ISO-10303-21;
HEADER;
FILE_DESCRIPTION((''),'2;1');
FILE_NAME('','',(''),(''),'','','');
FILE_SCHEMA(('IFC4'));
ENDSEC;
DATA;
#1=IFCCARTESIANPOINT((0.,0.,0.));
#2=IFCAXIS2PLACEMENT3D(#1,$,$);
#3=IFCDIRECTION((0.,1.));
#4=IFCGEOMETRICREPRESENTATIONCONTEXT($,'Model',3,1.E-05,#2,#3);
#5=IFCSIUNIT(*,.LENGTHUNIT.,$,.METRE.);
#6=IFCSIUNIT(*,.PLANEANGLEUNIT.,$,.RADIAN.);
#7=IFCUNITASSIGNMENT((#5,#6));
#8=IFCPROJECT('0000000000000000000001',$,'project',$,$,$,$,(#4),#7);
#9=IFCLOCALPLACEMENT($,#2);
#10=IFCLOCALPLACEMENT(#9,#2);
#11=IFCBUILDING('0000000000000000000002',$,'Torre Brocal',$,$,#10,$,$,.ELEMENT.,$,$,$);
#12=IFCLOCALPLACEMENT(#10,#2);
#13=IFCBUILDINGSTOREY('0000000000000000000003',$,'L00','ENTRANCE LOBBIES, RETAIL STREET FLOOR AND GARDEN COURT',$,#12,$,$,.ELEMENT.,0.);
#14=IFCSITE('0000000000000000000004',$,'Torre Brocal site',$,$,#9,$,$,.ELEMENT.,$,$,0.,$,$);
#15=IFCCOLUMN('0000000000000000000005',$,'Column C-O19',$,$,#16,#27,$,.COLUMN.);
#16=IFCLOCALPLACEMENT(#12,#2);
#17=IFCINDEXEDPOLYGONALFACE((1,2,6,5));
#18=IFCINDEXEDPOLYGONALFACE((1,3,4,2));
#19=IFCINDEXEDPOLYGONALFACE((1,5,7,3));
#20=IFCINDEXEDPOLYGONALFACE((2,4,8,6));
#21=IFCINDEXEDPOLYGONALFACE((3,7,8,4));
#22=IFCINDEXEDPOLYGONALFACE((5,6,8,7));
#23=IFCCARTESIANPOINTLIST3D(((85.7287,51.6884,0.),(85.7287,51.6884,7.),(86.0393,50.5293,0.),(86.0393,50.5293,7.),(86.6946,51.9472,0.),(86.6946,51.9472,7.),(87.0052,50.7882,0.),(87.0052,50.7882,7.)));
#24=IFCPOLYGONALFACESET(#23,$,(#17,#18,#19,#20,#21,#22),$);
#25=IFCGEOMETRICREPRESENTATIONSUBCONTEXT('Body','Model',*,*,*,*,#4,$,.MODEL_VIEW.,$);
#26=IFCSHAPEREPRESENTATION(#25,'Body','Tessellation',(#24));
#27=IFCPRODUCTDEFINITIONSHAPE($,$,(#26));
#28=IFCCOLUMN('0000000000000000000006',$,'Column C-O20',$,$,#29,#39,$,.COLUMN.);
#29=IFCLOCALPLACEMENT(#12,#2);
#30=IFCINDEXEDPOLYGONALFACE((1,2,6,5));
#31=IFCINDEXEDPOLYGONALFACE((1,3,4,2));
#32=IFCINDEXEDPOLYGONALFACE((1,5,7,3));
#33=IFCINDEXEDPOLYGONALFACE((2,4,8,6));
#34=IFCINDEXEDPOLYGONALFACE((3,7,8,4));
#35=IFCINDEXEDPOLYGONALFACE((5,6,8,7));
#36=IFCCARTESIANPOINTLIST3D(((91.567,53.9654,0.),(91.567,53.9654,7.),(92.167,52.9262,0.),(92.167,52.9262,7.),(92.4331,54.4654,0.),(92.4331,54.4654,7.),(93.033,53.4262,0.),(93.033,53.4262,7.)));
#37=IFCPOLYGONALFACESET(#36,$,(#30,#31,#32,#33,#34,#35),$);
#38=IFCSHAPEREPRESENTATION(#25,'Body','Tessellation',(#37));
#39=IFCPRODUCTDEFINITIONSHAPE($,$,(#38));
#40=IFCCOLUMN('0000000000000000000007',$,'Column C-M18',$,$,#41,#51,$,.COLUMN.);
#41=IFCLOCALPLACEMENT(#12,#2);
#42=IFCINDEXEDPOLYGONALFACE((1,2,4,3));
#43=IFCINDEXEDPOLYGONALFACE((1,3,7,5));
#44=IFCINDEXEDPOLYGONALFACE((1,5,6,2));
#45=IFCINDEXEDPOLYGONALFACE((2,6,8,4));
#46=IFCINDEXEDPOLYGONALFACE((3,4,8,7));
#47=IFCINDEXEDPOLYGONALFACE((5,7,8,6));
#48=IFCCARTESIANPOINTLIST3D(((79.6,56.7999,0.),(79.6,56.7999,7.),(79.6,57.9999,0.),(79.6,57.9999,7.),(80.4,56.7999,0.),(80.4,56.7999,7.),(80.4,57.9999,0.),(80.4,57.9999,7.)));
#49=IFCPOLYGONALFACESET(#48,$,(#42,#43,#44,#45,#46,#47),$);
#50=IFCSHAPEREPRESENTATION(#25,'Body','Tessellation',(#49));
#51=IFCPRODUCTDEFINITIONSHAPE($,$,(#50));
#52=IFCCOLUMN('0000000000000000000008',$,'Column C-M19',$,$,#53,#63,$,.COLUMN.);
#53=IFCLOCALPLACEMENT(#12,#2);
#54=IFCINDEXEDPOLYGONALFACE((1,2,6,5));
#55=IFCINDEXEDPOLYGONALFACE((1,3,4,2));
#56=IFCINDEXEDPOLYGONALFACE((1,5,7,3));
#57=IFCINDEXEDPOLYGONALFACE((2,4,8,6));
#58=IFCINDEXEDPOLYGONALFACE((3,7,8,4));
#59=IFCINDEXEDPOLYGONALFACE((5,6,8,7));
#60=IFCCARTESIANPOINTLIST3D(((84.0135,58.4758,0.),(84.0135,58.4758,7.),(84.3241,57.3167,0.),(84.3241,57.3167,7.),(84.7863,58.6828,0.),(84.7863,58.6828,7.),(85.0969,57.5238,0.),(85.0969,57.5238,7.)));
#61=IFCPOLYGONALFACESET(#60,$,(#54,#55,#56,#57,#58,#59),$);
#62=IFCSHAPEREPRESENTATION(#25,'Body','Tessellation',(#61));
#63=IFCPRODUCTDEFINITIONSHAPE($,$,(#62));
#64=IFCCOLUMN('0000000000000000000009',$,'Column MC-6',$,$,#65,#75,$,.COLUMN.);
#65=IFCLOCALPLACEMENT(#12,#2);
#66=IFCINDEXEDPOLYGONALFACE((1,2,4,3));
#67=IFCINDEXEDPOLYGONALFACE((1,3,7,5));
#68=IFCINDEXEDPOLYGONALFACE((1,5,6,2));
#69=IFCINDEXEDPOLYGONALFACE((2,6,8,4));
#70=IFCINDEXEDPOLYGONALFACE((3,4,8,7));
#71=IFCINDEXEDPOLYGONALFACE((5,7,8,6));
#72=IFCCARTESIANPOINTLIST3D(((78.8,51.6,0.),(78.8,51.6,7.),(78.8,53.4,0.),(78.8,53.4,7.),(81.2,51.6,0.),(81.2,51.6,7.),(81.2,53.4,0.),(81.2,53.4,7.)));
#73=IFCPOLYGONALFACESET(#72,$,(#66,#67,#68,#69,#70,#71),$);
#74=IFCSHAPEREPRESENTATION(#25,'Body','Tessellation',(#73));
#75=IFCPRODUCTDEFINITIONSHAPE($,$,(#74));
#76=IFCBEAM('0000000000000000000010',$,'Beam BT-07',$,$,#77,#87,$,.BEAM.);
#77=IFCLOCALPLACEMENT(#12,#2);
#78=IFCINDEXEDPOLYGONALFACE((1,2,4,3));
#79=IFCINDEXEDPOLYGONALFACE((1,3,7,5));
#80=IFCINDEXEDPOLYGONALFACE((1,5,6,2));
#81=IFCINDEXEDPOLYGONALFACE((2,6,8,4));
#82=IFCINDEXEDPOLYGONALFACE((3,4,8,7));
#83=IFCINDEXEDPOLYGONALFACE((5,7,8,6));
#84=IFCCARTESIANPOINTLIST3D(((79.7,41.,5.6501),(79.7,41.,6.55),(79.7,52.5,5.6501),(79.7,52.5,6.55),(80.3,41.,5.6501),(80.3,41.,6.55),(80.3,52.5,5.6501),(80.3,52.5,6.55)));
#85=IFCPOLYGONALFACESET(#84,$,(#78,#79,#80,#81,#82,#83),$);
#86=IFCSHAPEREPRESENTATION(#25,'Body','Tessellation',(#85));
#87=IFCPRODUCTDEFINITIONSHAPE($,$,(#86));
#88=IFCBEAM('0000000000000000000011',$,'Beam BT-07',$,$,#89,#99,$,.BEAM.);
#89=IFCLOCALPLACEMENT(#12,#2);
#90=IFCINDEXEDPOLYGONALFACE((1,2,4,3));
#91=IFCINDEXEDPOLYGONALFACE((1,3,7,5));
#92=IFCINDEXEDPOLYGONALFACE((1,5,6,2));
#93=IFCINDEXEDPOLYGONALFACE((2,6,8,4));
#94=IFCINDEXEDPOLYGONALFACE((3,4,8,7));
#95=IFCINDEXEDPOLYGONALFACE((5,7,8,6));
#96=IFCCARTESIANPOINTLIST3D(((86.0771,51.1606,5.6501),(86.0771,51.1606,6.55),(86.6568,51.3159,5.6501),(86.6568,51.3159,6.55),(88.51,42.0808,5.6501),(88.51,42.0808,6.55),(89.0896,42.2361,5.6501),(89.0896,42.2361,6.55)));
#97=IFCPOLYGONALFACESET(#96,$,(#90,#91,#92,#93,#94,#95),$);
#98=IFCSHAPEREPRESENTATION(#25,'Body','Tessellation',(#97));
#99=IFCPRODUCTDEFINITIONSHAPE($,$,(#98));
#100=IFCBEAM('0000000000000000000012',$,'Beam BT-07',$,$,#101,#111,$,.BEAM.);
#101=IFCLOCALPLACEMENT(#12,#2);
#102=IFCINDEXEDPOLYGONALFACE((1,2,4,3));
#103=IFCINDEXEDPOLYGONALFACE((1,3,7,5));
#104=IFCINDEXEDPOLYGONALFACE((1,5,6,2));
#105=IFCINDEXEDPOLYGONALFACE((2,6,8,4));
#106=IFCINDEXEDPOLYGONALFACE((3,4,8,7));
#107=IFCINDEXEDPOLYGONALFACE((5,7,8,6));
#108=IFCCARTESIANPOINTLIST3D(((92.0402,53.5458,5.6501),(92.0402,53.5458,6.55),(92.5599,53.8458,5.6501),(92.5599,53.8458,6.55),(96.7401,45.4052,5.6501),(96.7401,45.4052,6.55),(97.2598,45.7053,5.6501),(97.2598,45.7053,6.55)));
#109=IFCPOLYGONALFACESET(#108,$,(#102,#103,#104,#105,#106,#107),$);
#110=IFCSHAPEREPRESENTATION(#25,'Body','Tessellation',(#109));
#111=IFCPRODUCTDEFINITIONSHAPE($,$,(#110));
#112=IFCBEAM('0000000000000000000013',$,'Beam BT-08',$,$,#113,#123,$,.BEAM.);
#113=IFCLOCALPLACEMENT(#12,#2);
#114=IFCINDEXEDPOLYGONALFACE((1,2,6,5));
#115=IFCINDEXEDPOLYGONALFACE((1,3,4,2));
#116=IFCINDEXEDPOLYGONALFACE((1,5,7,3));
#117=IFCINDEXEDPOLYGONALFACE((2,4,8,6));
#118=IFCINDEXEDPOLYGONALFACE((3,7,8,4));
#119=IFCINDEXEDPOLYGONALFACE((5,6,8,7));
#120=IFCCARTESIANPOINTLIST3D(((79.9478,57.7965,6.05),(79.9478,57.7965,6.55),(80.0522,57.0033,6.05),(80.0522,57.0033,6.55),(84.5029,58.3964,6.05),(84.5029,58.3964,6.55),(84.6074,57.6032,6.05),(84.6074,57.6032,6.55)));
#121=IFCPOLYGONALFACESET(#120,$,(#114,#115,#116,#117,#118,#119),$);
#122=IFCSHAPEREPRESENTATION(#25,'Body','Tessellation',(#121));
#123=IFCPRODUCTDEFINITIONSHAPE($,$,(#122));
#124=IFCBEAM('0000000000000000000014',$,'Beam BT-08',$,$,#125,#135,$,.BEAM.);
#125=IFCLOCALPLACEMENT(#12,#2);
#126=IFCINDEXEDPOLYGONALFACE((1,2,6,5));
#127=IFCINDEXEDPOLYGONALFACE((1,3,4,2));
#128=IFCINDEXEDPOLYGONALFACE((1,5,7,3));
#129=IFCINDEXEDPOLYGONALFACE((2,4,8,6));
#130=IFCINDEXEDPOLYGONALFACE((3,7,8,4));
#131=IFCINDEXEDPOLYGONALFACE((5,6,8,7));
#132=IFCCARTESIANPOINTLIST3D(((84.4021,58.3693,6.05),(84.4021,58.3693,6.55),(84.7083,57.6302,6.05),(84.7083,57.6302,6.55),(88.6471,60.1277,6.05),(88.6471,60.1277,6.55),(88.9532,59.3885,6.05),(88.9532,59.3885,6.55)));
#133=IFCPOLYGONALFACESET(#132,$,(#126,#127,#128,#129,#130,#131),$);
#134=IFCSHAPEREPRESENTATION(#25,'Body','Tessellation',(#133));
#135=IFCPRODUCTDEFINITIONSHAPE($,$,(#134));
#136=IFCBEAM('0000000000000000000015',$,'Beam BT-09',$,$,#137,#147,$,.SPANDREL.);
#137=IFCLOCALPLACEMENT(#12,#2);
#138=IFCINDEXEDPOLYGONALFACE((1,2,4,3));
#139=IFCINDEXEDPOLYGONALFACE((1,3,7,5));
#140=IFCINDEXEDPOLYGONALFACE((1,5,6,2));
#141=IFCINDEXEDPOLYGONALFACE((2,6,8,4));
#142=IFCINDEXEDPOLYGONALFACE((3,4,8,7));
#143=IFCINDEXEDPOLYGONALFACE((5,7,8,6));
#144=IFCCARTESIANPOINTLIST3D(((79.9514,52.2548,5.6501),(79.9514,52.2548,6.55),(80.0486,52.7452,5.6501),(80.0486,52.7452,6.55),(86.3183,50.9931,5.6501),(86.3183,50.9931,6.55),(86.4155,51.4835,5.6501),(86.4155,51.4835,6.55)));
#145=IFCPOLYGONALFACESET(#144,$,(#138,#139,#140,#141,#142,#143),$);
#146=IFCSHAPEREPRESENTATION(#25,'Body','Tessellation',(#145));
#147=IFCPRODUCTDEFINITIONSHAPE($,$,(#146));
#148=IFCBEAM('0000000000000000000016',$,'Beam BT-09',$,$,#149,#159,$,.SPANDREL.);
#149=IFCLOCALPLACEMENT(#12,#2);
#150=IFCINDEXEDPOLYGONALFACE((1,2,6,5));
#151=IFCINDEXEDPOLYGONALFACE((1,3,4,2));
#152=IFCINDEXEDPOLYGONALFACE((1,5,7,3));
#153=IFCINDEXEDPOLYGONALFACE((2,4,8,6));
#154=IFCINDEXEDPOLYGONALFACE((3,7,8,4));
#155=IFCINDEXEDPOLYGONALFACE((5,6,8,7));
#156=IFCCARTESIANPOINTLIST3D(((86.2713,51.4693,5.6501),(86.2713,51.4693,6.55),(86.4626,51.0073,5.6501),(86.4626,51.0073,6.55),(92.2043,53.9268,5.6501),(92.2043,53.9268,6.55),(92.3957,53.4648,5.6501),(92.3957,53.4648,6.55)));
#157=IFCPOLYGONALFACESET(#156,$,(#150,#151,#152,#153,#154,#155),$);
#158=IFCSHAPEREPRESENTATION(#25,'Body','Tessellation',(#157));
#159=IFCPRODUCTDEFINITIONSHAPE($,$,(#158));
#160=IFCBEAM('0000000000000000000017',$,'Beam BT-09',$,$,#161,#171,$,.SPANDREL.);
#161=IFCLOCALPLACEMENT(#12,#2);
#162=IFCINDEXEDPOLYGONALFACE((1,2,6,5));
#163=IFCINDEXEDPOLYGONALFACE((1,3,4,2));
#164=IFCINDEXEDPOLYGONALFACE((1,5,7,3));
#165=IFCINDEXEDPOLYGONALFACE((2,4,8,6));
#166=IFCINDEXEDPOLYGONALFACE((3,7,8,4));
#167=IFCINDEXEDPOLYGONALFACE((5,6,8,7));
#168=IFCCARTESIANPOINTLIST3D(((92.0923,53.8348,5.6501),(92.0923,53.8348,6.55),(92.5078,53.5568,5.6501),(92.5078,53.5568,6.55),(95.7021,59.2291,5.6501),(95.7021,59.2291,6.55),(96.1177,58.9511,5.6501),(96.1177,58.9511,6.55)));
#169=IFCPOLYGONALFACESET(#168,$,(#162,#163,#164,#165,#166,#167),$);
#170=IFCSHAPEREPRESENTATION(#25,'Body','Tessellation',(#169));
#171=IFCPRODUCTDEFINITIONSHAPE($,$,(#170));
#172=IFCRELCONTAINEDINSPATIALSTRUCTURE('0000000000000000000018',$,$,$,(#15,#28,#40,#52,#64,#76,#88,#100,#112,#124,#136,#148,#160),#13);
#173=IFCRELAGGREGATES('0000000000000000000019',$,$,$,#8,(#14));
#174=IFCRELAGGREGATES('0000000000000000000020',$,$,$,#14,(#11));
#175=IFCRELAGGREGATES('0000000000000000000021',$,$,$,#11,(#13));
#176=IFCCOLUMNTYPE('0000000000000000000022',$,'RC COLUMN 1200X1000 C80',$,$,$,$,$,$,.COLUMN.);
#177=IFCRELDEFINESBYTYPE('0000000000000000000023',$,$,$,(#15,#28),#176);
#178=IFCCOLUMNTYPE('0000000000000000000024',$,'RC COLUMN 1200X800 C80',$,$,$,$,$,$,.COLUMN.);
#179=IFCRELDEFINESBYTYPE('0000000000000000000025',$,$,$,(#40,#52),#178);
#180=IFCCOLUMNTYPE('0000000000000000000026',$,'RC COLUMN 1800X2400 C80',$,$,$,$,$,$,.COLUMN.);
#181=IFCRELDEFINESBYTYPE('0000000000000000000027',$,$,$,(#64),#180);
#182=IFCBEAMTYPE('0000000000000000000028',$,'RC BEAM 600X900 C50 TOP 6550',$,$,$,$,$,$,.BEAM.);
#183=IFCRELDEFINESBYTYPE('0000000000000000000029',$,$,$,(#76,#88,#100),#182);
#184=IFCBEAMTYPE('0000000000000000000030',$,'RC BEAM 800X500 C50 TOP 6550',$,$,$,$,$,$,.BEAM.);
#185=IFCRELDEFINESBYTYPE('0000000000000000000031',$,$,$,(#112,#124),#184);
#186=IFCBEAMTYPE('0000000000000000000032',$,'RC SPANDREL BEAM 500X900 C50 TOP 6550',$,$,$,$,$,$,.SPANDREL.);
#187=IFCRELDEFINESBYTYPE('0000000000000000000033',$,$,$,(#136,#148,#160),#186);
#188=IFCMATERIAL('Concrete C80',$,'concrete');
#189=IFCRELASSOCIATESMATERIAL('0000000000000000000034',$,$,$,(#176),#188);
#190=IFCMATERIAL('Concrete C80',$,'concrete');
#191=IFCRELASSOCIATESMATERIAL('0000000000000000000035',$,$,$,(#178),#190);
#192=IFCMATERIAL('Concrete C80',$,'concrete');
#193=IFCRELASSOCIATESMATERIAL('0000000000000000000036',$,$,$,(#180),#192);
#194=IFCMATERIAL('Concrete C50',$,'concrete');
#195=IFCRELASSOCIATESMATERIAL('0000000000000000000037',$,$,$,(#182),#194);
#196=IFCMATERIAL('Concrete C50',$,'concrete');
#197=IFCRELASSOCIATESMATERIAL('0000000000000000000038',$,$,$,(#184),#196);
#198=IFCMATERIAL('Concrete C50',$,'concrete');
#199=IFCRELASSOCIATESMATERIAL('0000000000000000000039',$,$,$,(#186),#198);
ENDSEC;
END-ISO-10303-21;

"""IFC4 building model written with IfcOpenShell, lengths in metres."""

from ifc_helpers import new_model, si_unit, direction, frame, origin, origin_2d, place, context, subcontext, project, spatial, rectangle, extrude, material, material_profile, profile_set, type_object, element, save


model = new_model("IFC4")

# Units and contexts
model_context = context("Model", 3, precision=1e-05, world=origin(), true_north=direction((0.0, 1.0)))
body_context = subcontext(model_context, "Body", "Model", "MODEL_VIEW")
ifc_project = project(units=[si_unit("LENGTHUNIT", "METRE"), si_unit("PLANEANGLEUNIT", "RADIAN")], contexts=[model_context])

# Site, building, storey
site_placement = place(None, origin())
site = spatial("IfcSite", under=ifc_project, at=site_placement, Name="Torre Brocal site", CompositionType="ELEMENT", RefElevation=0.0)
building_placement = place(site_placement, origin())
building = spatial("IfcBuilding", under=site, at=building_placement, Name="Torre Brocal", CompositionType="ELEMENT")
storey_placement = place(building_placement, origin())
storey = spatial("IfcBuildingStorey", under=building, at=storey_placement, Name="L00", Description="ENTRANCE LOBBIES, RETAIL STREET FLOOR AND GARDEN COURT", CompositionType="ELEMENT", Elevation=0.0)

# Columns
ifc_material_1 = material(Name="Concrete C80", Category="concrete")
ifc_material_profile_1 = material_profile(ifc_material_1, rectangle(XDim=1.2, YDim=1.0, at=origin_2d()), Name="RC 1200X1000")
ifc_profile_set_1 = profile_set([ifc_material_profile_1], Name="Concrete C80")
column_type_1 = type_object("IfcColumnType", Name="RC COLUMN 1200X1000 C80", PredefinedType="COLUMN", material=ifc_profile_set_1)
for number, where, z_axis, x_axis, name in (
    (1, (86.3669, 51.2383, 0.0), (0.0, 0.0, 1.0), (0.258819, -0.965926, 0.0), "Column C-O19"),
    (2, (92.3, 53.6958, 0.0), (0.0, 0.0, 1.0), (0.5, -0.866025, 0.0), "Column C-O20"),
):
    element("IfcColumn", number, at=place(storey_placement, frame(where, z_axis=z_axis, x_axis=x_axis)), inside=storey, type_object=column_type_1, Name=name, PredefinedType="COLUMN", context=body_context, shape_type="SweptSolid", body=[
        extrude(rectangle(XDim=1.2, YDim=1.0, at=origin_2d()), origin(), (0.0, 0.0, 1.0), 7.0),
    ])
ifc_material_2 = material(Name="Concrete C80", Category="concrete")
ifc_material_profile_2 = material_profile(ifc_material_2, rectangle(XDim=1.2, YDim=0.8, at=origin_2d()), Name="RC 1200X800")
ifc_profile_set_2 = profile_set([ifc_material_profile_2], Name="Concrete C80")
column_type_2 = type_object("IfcColumnType", Name="RC COLUMN 1200X800 C80", PredefinedType="COLUMN", material=ifc_profile_set_2)
for number, where, z_axis, x_axis, name in (
    (3, (80.0, 57.3999, 0.0), (0.0, 0.0, 1.0), (0.0, -1.0, 0.0), "Column C-M18"),
    (4, (84.5552, 57.9998, 0.0), (0.0, 0.0, 1.0), (0.258819, -0.965926, 0.0), "Column C-M19"),
):
    element("IfcColumn", number, at=place(storey_placement, frame(where, z_axis=z_axis, x_axis=x_axis)), inside=storey, type_object=column_type_2, Name=name, PredefinedType="COLUMN", context=body_context, shape_type="SweptSolid", body=[
        extrude(rectangle(XDim=1.2, YDim=0.8, at=origin_2d()), origin(), (0.0, 0.0, 1.0), 7.0),
    ])
ifc_material_3 = material(Name="Concrete C80", Category="concrete")
ifc_material_profile_3 = material_profile(ifc_material_3, rectangle(XDim=1.8, YDim=2.3999, at=origin_2d()), Name="RC 1800X2400")
ifc_profile_set_3 = profile_set([ifc_material_profile_3], Name="Concrete C80")
column_type_3 = type_object("IfcColumnType", Name="RC COLUMN 1800X2400 C80", PredefinedType="COLUMN", material=ifc_profile_set_3)
column_placement = place(storey_placement, frame((80.0, 52.5, 0.0), z_axis=(0.0, 0.0, 1.0), x_axis=(0.0, -1.0, 0.0)))
element("IfcColumn", 5, at=column_placement, inside=storey, type_object=column_type_3, Name="Column MC-6", PredefinedType="COLUMN", context=body_context, shape_type="SweptSolid", body=[
    extrude(rectangle(XDim=1.8, YDim=2.3999, at=origin_2d()), origin(), (0.0, 0.0, 1.0), 7.0),
])

# Beams
ifc_material_4 = material(Name="Concrete C50", Category="concrete")
ifc_material_profile_4 = material_profile(ifc_material_4, rectangle(XDim=0.6001, YDim=0.8999, at=origin_2d()), Name="RC 600X900")
ifc_profile_set_4 = profile_set([ifc_material_profile_4], Name="Concrete C50")
beam_type_1 = type_object("IfcBeamType", Name="RC BEAM 600X900 C50 TOP 6550", PredefinedType="BEAM", material=ifc_profile_set_4)
beam_1_placement = place(storey_placement, frame((80.0, 52.5, 6.1001), z_axis=(0.0, -1.0, 0.0), x_axis=(1.0, 0.0, 0.0)))
element("IfcBeam", 6, at=beam_1_placement, inside=storey, type_object=beam_type_1, Name="Beam BT-07", PredefinedType="BEAM", context=body_context, shape_type="SweptSolid", body=[
    extrude(rectangle(XDim=0.6001, YDim=0.8999, at=origin_2d()), origin(), (0.0, 0.0, 1.0), 11.5),
])
beam_2_placement = place(storey_placement, frame((86.3669, 51.2383, 6.1001), z_axis=(0.258812, -0.965928, 0.0), x_axis=(0.965928, 0.258812, 0.0)))
element("IfcBeam", 7, at=beam_2_placement, inside=storey, type_object=beam_type_1, Name="Beam BT-07", PredefinedType="BEAM", context=body_context, shape_type="SweptSolid", body=[
    extrude(rectangle(XDim=0.6001, YDim=0.8999, at=origin_2d()), origin(), (0.0, 0.0, 1.0), 9.4001),
])
beam_3_placement = place(storey_placement, frame((92.3, 53.6958, 6.1001), z_axis=(0.499997, -0.866027, 0.0), x_axis=(0.866027, 0.499997, 0.0)))
element("IfcBeam", 8, at=beam_3_placement, inside=storey, type_object=beam_type_1, Name="Beam BT-07", PredefinedType="BEAM", context=body_context, shape_type="SweptSolid", body=[
    extrude(rectangle(XDim=0.6001, YDim=0.8999, at=origin_2d()), origin(), (0.0, 0.0, 1.0), 9.3999),
])
ifc_material_5 = material(Name="Concrete C50", Category="concrete")
ifc_material_profile_5 = material_profile(ifc_material_5, rectangle(XDim=0.8, YDim=0.5, at=origin_2d()), Name="RC 800X500")
ifc_profile_set_5 = profile_set([ifc_material_profile_5], Name="Concrete C50")
beam_type_2 = type_object("IfcBeamType", Name="RC BEAM 800X500 C50 TOP 6550", PredefinedType="BEAM", material=ifc_profile_set_5)
beam_4_placement = place(storey_placement, frame((80.0, 57.3999, 6.3), z_axis=(0.991441, 0.130559, 0.0), x_axis=(-0.130559, 0.991441, 0.0)))
element("IfcBeam", 9, at=beam_4_placement, inside=storey, type_object=beam_type_2, Name="Beam BT-08", PredefinedType="BEAM", context=body_context, shape_type="SweptSolid", body=[
    extrude(rectangle(XDim=0.8, YDim=0.5, at=origin_2d()), origin(), (0.0, 0.0, 1.0), 4.5945),
])
beam_5_placement = place(storey_placement, frame((84.5552, 57.9998, 6.3), z_axis=(0.923878, 0.382687, 0.0), x_axis=(-0.382687, 0.923878, 0.0)))
element("IfcBeam", 10, at=beam_5_placement, inside=storey, type_object=beam_type_2, Name="Beam BT-08", PredefinedType="BEAM", context=body_context, shape_type="SweptSolid", body=[
    extrude(rectangle(XDim=0.8, YDim=0.5, at=origin_2d()), origin(), (0.0, 0.0, 1.0), 4.5947),
])
ifc_material_6 = material(Name="Concrete C50", Category="concrete")
ifc_material_profile_6 = material_profile(ifc_material_6, rectangle(XDim=0.5, YDim=0.8999, at=origin_2d()), Name="RC 500X900")
ifc_profile_set_6 = profile_set([ifc_material_profile_6], Name="Concrete C50")
beam_type_3 = type_object("IfcBeamType", Name="RC SPANDREL BEAM 500X900 C50 TOP 6550", PredefinedType="SPANDREL", material=ifc_profile_set_6)
beam_6_placement = place(storey_placement, frame((80.0, 52.5, 6.1001), z_axis=(0.980925, -0.194387, 0.0), x_axis=(0.194387, 0.980925, 0.0)))
element("IfcBeam", 11, at=beam_6_placement, inside=storey, type_object=beam_type_3, Name="Beam BT-09", PredefinedType="SPANDREL", context=body_context, shape_type="SweptSolid", body=[
    extrude(rectangle(XDim=0.5, YDim=0.8999, at=origin_2d()), origin(), (0.0, 0.0, 1.0), 6.4907),
])
beam_7_placement = place(storey_placement, frame((86.3669, 51.2383, 6.1001), z_axis=(0.923882, 0.382676, 0.0), x_axis=(-0.382676, 0.923882, 0.0)))
element("IfcBeam", 12, at=beam_7_placement, inside=storey, type_object=beam_type_3, Name="Beam BT-09", PredefinedType="SPANDREL", context=body_context, shape_type="SweptSolid", body=[
    extrude(rectangle(XDim=0.5, YDim=0.8999, at=origin_2d()), origin(), (0.0, 0.0, 1.0), 6.4219),
])
beam_8_placement = place(storey_placement, frame((92.3, 53.6958, 6.1001), z_axis=(0.556158, 0.831077, 0.0), x_axis=(-0.831077, 0.556158, 0.0)))
element("IfcBeam", 13, at=beam_8_placement, inside=storey, type_object=beam_type_3, Name="Beam BT-09", PredefinedType="SPANDREL", context=body_context, shape_type="SweptSolid", body=[
    extrude(rectangle(XDim=0.5, YDim=0.8999, at=origin_2d()), origin(), (0.0, 0.0, 1.0), 6.4907),
])

save(model, "model.ifc")
